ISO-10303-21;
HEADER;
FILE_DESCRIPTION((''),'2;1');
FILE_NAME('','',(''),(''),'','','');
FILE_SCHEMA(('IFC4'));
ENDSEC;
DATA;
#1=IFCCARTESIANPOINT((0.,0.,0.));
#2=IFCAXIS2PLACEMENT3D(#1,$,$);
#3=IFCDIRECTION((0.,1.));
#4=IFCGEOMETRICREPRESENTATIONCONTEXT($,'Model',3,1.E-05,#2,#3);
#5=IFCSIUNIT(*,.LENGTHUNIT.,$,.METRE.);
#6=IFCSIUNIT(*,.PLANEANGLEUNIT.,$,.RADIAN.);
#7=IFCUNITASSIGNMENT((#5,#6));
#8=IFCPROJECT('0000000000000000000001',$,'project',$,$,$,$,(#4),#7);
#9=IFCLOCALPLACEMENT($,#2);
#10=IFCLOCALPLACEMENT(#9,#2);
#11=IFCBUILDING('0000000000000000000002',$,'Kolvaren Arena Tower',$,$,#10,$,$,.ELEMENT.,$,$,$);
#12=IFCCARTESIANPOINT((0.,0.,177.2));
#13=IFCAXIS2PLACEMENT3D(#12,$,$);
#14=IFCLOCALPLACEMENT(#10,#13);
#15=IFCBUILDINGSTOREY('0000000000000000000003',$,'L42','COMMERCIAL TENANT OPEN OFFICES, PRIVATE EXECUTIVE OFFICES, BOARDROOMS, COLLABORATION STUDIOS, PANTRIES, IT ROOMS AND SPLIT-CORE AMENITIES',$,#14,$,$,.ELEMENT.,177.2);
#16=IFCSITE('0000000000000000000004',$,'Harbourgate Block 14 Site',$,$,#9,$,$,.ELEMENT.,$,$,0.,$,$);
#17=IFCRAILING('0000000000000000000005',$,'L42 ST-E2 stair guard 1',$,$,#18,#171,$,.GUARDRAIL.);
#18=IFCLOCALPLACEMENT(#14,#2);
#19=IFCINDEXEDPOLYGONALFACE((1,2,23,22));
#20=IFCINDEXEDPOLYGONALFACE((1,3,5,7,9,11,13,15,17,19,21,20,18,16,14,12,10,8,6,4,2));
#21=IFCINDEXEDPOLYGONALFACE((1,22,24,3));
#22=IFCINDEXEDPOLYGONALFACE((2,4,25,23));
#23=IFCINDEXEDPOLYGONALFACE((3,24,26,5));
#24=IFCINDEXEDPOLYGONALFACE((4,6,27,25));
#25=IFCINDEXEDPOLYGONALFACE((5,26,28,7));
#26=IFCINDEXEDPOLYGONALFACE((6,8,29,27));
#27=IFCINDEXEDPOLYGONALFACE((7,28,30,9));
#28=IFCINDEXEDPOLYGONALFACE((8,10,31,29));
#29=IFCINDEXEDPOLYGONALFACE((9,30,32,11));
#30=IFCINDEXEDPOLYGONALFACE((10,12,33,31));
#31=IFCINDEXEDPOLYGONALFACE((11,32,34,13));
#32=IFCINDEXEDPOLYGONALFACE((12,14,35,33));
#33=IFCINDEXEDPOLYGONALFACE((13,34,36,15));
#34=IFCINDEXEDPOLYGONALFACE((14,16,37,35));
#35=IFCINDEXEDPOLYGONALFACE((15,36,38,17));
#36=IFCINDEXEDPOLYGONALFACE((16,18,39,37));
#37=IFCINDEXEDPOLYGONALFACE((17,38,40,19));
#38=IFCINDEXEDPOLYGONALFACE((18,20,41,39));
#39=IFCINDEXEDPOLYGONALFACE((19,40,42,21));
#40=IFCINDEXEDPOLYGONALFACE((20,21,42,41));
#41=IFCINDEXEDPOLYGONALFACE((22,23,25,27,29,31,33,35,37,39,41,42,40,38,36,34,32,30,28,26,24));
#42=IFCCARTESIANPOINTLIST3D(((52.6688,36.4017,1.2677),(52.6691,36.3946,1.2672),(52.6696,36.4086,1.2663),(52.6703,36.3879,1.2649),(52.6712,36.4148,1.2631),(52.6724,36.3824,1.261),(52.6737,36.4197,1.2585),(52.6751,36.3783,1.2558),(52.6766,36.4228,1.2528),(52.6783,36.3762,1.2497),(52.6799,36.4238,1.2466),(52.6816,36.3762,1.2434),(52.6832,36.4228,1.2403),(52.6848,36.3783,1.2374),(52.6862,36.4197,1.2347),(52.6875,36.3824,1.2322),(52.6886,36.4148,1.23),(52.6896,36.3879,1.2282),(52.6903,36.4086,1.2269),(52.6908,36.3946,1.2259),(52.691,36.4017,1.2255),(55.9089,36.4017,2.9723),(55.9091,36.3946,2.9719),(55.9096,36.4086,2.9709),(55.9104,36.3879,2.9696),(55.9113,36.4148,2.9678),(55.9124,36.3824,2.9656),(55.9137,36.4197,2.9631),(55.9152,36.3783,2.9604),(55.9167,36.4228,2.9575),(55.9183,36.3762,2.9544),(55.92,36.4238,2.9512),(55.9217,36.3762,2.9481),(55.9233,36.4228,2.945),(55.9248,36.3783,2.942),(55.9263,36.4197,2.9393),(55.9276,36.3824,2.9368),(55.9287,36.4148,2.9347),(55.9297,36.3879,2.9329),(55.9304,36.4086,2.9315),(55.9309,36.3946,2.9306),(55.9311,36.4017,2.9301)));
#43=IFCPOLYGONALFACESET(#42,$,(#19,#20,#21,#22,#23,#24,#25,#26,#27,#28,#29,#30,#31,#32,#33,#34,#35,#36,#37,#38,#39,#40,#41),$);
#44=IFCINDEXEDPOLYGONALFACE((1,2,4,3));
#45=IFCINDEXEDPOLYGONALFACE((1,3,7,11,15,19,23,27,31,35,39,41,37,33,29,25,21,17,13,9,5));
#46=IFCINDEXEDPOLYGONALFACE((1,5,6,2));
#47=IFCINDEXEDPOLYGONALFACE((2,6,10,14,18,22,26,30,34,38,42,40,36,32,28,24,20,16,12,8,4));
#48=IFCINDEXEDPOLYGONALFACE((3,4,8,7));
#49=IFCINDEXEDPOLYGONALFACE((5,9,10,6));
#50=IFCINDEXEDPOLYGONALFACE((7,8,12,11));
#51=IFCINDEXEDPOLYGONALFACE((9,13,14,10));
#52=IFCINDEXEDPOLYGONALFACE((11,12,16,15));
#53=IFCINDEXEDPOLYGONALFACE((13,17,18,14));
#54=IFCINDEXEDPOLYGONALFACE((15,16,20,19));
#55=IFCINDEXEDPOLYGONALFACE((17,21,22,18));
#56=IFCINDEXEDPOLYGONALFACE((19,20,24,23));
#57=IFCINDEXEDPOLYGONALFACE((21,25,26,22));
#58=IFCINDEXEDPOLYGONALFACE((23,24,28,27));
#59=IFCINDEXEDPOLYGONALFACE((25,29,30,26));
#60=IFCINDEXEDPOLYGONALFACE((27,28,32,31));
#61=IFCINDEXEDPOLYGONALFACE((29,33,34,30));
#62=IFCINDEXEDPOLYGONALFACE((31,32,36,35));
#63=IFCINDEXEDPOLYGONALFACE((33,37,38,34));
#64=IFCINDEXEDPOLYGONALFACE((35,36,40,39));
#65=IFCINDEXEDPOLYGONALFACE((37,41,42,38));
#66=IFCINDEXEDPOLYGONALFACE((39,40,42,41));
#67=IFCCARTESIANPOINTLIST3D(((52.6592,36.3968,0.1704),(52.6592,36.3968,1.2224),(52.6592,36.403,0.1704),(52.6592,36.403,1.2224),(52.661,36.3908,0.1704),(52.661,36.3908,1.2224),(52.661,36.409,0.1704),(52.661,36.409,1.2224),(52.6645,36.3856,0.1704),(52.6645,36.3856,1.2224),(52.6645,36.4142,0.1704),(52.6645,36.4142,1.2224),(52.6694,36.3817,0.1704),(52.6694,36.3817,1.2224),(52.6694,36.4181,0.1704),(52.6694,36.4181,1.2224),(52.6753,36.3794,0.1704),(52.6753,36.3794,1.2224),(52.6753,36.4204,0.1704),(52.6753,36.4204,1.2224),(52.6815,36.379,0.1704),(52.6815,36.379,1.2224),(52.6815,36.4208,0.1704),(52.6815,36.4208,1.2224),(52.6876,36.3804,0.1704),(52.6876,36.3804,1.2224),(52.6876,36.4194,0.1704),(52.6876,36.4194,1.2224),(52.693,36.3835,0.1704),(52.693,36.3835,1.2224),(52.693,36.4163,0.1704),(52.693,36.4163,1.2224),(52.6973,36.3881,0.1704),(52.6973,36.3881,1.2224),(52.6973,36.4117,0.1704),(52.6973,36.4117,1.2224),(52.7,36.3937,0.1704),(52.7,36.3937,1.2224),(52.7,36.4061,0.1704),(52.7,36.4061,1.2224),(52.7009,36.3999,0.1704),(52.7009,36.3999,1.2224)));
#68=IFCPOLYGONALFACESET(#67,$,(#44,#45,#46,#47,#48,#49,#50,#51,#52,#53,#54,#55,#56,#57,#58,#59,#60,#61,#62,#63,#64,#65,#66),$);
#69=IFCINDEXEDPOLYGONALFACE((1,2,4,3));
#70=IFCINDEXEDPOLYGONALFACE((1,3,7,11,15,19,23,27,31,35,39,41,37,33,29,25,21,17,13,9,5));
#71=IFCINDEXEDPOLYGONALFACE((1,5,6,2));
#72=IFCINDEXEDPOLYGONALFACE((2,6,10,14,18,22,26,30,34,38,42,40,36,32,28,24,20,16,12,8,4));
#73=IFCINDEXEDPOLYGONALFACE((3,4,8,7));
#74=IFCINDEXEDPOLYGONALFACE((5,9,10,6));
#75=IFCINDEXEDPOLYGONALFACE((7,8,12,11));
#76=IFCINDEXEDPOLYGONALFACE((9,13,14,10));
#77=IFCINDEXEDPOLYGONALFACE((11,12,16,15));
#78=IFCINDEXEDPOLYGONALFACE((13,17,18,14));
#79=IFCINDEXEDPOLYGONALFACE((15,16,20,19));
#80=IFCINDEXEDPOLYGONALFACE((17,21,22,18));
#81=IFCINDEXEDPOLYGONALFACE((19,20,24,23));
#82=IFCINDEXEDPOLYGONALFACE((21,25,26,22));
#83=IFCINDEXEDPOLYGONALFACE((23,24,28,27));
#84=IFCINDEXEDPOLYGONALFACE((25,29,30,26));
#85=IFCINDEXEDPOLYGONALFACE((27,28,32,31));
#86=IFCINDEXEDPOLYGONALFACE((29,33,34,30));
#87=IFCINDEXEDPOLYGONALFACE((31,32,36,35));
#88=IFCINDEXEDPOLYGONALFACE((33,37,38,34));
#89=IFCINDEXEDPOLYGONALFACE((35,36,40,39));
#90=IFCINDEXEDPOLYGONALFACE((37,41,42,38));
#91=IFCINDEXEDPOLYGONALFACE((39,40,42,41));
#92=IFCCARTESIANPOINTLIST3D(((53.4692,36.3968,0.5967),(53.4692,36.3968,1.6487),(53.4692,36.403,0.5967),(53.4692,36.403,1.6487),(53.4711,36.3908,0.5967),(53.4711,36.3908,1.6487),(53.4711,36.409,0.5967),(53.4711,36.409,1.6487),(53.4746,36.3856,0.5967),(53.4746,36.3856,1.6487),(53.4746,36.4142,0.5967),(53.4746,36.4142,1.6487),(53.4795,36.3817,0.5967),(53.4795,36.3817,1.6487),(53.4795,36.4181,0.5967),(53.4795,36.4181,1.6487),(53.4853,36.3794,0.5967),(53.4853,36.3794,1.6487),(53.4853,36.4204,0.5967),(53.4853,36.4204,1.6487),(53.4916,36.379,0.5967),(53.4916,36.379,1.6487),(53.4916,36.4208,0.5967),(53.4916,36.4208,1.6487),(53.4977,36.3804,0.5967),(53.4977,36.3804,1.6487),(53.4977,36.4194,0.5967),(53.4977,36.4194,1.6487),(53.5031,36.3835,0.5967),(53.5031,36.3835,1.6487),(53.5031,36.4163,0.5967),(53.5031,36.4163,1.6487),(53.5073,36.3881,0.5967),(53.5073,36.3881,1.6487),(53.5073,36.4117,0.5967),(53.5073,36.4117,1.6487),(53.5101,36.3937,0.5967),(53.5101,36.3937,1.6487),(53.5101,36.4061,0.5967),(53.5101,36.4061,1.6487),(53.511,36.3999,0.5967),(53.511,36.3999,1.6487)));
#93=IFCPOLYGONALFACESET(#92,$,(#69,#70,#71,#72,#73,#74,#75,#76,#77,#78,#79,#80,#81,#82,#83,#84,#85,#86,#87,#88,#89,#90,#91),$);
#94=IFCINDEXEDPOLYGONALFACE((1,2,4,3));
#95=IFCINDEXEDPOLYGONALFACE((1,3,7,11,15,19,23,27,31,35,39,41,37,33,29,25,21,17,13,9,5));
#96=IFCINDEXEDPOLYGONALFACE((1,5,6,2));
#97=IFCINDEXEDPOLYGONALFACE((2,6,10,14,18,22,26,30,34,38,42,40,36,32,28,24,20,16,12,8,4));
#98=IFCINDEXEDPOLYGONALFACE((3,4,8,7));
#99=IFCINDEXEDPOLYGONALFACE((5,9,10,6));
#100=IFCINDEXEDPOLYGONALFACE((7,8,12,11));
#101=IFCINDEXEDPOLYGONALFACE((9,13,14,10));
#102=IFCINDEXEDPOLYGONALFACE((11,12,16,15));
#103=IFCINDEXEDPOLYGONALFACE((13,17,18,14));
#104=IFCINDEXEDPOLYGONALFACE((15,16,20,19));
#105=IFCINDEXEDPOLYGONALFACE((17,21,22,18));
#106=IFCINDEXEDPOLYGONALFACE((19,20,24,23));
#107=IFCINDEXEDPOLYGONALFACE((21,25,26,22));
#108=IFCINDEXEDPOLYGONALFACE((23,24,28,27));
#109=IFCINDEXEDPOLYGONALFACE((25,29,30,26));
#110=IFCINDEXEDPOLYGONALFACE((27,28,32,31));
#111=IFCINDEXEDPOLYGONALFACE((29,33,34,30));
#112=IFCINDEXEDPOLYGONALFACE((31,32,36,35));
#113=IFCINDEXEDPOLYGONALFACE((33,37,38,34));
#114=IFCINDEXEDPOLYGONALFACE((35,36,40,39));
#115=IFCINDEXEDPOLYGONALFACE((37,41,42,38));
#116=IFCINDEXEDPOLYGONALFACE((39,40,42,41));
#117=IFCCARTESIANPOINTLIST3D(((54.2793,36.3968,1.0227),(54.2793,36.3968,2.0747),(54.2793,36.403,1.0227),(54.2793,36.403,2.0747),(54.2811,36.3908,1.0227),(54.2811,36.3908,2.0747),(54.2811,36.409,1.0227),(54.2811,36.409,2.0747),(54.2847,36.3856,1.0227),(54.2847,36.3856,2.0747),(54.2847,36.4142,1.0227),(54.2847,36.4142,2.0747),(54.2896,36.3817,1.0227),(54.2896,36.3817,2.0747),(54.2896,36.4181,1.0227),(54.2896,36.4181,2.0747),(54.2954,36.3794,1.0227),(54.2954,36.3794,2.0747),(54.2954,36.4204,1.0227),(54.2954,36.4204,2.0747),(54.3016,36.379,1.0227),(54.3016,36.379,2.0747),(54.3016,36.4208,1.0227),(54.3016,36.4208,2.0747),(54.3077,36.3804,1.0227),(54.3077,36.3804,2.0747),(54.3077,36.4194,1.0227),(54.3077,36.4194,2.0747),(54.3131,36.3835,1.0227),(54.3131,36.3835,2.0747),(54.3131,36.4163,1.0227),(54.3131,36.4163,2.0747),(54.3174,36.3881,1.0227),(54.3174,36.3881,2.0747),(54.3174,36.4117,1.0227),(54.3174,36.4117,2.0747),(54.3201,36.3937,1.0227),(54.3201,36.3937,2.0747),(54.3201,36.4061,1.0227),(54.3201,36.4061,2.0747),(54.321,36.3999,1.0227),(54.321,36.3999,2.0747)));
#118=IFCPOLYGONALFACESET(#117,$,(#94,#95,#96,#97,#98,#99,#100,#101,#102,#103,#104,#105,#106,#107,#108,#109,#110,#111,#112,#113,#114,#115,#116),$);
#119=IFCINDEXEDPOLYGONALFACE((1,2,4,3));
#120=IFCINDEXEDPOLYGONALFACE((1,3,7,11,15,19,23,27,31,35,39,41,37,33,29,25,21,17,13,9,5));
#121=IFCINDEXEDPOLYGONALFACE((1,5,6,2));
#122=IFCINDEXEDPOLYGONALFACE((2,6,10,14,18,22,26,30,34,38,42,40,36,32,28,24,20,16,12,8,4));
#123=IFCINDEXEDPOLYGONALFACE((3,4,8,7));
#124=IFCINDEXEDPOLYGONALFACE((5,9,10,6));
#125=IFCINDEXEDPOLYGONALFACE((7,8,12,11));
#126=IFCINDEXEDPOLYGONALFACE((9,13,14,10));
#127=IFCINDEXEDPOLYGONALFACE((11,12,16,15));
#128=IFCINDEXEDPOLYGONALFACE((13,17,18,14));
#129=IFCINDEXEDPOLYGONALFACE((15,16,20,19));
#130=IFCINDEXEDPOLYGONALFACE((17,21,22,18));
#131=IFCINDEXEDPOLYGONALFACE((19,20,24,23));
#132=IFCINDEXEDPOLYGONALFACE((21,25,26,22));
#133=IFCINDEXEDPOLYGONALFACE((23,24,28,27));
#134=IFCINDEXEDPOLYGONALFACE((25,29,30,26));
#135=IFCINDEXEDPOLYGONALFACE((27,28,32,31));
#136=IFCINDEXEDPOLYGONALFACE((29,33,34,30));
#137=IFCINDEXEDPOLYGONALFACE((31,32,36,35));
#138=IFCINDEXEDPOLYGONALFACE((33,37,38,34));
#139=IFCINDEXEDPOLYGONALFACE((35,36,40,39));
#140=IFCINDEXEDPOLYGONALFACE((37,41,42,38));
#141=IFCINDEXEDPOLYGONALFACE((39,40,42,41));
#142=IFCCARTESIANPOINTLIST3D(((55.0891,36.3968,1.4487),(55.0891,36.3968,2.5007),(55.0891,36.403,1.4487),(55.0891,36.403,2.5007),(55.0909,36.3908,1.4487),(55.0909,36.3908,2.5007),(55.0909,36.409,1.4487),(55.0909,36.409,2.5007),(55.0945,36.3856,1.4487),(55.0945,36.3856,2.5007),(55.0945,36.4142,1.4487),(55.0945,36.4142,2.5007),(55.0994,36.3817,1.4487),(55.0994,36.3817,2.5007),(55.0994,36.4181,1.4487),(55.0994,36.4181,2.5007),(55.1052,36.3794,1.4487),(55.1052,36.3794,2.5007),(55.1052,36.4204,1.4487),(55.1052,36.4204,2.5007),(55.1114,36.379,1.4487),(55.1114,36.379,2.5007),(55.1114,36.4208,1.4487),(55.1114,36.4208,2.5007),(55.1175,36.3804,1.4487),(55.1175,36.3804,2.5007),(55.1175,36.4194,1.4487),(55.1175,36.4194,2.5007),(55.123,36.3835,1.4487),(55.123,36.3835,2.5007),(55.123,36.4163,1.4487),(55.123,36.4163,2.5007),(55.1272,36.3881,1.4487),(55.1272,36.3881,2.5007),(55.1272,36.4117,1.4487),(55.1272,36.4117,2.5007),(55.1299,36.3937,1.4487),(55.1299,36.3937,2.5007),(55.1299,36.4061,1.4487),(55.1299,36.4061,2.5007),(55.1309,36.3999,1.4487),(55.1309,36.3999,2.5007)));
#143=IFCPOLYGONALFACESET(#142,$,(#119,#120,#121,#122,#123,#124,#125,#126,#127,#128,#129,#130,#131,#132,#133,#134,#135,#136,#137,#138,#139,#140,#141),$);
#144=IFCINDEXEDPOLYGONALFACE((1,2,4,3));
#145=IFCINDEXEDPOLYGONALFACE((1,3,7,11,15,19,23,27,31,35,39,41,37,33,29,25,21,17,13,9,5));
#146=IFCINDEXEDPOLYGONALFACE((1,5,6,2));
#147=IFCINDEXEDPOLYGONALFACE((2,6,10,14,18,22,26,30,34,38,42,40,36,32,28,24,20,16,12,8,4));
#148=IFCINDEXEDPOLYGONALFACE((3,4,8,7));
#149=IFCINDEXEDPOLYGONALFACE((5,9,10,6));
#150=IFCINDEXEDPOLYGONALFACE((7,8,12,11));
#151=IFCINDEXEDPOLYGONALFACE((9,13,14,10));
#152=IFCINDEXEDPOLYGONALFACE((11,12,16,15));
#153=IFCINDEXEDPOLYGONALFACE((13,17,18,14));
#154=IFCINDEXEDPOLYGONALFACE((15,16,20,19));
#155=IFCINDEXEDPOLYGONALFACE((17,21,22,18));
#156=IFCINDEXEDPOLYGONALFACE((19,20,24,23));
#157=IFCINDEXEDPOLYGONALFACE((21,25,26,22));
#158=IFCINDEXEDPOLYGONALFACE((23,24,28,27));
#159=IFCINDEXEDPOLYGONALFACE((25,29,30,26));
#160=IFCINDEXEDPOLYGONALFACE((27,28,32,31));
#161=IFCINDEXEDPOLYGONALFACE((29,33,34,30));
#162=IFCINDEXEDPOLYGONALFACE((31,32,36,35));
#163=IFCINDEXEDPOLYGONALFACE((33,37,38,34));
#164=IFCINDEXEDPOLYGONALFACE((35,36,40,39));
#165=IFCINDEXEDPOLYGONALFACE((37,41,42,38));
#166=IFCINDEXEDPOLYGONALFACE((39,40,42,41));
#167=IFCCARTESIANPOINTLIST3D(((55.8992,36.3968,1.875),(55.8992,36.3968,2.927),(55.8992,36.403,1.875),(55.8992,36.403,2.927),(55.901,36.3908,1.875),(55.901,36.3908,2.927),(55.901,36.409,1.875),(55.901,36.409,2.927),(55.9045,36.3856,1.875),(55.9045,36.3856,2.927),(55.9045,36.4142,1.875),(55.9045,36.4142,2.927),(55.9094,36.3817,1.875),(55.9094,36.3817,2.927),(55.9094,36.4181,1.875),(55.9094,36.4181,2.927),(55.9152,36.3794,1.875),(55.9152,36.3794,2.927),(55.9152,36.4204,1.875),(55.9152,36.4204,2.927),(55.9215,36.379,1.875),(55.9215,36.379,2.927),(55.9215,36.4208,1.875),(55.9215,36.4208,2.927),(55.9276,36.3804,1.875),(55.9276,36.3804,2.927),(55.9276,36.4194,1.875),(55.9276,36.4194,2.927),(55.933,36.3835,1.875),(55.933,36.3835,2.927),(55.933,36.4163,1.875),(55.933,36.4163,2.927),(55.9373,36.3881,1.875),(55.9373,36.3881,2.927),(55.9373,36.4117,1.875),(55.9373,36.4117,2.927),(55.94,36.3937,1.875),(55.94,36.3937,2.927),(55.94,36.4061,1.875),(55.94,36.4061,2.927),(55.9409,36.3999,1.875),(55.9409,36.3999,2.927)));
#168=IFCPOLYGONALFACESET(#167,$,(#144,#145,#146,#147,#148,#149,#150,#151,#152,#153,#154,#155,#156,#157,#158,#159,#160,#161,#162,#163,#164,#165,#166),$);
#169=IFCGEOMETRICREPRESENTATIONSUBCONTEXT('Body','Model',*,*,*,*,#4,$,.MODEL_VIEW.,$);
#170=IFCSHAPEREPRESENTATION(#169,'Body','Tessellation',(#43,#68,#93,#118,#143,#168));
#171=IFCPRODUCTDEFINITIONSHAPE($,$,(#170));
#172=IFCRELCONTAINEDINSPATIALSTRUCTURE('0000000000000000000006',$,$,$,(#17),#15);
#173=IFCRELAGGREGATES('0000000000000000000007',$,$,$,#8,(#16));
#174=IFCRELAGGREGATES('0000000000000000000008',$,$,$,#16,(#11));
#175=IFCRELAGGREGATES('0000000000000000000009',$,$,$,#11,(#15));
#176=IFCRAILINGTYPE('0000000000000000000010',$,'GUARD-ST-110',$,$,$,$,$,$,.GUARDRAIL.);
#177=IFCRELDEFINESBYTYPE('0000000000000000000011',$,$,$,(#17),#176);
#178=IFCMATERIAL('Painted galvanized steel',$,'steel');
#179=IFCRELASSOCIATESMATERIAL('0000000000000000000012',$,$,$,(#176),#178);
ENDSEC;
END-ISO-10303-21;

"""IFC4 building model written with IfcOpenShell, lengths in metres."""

from ifc_helpers import new_model, si_unit, direction, frame, origin, origin_2d, place, context, subcontext, project, spatial, circle, extrude, material, type_object, element, save


model = new_model("IFC4")

# Units and contexts
model_context = context("Model", 3, precision=1e-05, world=origin(), true_north=direction((0.0, 1.0)))
body_context = subcontext(model_context, "Body", "Model", "MODEL_VIEW")
ifc_project = project(units=[si_unit("LENGTHUNIT", "METRE"), si_unit("PLANEANGLEUNIT", "RADIAN")], contexts=[model_context])

# Site, building, storey
site_placement = place(None, origin())
site = spatial("IfcSite", under=ifc_project, at=site_placement, Name="Harbourgate Block 14 Site", CompositionType="ELEMENT", RefElevation=0.0)
building_placement = place(site_placement, origin())
building = spatial("IfcBuilding", under=site, at=building_placement, Name="Kolvaren Arena Tower", CompositionType="ELEMENT")
storey_placement = place(building_placement, frame((0.0, 0.0, 177.2)))
storey = spatial("IfcBuildingStorey", under=building, at=storey_placement, Name="L42", Description="COMMERCIAL TENANT OPEN OFFICES, PRIVATE EXECUTIVE OFFICES, BOARDROOMS, COLLABORATION STUDIOS, PANTRIES, IT ROOMS AND SPLIT-CORE AMENITIES", CompositionType="ELEMENT", Elevation=177.2)

# Railing
ifc_material_1 = material(Name="Painted galvanized steel", Category="steel")
railing_type_1 = type_object("IfcRailingType", Name="GUARD-ST-110", PredefinedType="GUARDRAIL", material=ifc_material_1)
railing_1_placement = place(storey_placement, frame((52.6799, 36.3999, 0.1704)))
element("IfcRailing", 1, at=railing_1_placement, inside=storey, type_object=railing_type_1, Name="L42 ST-E2 stair guard 1", PredefinedType="GUARDRAIL", context=body_context, shape_type="SweptSolid", body=[
    extrude(circle(Radius=0.0239, at=origin_2d()), frame((0.0, 0.0, 1.0762), z_axis=(0.884993, 0.0, 0.465604), x_axis=(0.0, 1.0, 0.0)), (0.0, 0.0, 1.0), 3.6611),
    extrude(circle(Radius=0.021, at=origin_2d()), origin(), (0.0, 0.0, 1.0), 1.052),
    extrude(circle(Radius=0.021, at=origin_2d()), frame((0.8101, 0.0, 0.4263)), (0.0, 0.0, 1.0), 1.052),
    extrude(circle(Radius=0.021, at=origin_2d()), frame((1.6201, 0.0, 0.8523)), (0.0, 0.0, 1.0), 1.052),
    extrude(circle(Radius=0.021, at=origin_2d()), frame((2.4299, 0.0, 1.2783)), (0.0, 0.0, 1.0), 1.052),
    extrude(circle(Radius=0.021, at=origin_2d()), frame((3.24, 0.0, 1.7046)), (0.0, 0.0, 1.0), 1.052),
])

save(model, "model.ifc")
